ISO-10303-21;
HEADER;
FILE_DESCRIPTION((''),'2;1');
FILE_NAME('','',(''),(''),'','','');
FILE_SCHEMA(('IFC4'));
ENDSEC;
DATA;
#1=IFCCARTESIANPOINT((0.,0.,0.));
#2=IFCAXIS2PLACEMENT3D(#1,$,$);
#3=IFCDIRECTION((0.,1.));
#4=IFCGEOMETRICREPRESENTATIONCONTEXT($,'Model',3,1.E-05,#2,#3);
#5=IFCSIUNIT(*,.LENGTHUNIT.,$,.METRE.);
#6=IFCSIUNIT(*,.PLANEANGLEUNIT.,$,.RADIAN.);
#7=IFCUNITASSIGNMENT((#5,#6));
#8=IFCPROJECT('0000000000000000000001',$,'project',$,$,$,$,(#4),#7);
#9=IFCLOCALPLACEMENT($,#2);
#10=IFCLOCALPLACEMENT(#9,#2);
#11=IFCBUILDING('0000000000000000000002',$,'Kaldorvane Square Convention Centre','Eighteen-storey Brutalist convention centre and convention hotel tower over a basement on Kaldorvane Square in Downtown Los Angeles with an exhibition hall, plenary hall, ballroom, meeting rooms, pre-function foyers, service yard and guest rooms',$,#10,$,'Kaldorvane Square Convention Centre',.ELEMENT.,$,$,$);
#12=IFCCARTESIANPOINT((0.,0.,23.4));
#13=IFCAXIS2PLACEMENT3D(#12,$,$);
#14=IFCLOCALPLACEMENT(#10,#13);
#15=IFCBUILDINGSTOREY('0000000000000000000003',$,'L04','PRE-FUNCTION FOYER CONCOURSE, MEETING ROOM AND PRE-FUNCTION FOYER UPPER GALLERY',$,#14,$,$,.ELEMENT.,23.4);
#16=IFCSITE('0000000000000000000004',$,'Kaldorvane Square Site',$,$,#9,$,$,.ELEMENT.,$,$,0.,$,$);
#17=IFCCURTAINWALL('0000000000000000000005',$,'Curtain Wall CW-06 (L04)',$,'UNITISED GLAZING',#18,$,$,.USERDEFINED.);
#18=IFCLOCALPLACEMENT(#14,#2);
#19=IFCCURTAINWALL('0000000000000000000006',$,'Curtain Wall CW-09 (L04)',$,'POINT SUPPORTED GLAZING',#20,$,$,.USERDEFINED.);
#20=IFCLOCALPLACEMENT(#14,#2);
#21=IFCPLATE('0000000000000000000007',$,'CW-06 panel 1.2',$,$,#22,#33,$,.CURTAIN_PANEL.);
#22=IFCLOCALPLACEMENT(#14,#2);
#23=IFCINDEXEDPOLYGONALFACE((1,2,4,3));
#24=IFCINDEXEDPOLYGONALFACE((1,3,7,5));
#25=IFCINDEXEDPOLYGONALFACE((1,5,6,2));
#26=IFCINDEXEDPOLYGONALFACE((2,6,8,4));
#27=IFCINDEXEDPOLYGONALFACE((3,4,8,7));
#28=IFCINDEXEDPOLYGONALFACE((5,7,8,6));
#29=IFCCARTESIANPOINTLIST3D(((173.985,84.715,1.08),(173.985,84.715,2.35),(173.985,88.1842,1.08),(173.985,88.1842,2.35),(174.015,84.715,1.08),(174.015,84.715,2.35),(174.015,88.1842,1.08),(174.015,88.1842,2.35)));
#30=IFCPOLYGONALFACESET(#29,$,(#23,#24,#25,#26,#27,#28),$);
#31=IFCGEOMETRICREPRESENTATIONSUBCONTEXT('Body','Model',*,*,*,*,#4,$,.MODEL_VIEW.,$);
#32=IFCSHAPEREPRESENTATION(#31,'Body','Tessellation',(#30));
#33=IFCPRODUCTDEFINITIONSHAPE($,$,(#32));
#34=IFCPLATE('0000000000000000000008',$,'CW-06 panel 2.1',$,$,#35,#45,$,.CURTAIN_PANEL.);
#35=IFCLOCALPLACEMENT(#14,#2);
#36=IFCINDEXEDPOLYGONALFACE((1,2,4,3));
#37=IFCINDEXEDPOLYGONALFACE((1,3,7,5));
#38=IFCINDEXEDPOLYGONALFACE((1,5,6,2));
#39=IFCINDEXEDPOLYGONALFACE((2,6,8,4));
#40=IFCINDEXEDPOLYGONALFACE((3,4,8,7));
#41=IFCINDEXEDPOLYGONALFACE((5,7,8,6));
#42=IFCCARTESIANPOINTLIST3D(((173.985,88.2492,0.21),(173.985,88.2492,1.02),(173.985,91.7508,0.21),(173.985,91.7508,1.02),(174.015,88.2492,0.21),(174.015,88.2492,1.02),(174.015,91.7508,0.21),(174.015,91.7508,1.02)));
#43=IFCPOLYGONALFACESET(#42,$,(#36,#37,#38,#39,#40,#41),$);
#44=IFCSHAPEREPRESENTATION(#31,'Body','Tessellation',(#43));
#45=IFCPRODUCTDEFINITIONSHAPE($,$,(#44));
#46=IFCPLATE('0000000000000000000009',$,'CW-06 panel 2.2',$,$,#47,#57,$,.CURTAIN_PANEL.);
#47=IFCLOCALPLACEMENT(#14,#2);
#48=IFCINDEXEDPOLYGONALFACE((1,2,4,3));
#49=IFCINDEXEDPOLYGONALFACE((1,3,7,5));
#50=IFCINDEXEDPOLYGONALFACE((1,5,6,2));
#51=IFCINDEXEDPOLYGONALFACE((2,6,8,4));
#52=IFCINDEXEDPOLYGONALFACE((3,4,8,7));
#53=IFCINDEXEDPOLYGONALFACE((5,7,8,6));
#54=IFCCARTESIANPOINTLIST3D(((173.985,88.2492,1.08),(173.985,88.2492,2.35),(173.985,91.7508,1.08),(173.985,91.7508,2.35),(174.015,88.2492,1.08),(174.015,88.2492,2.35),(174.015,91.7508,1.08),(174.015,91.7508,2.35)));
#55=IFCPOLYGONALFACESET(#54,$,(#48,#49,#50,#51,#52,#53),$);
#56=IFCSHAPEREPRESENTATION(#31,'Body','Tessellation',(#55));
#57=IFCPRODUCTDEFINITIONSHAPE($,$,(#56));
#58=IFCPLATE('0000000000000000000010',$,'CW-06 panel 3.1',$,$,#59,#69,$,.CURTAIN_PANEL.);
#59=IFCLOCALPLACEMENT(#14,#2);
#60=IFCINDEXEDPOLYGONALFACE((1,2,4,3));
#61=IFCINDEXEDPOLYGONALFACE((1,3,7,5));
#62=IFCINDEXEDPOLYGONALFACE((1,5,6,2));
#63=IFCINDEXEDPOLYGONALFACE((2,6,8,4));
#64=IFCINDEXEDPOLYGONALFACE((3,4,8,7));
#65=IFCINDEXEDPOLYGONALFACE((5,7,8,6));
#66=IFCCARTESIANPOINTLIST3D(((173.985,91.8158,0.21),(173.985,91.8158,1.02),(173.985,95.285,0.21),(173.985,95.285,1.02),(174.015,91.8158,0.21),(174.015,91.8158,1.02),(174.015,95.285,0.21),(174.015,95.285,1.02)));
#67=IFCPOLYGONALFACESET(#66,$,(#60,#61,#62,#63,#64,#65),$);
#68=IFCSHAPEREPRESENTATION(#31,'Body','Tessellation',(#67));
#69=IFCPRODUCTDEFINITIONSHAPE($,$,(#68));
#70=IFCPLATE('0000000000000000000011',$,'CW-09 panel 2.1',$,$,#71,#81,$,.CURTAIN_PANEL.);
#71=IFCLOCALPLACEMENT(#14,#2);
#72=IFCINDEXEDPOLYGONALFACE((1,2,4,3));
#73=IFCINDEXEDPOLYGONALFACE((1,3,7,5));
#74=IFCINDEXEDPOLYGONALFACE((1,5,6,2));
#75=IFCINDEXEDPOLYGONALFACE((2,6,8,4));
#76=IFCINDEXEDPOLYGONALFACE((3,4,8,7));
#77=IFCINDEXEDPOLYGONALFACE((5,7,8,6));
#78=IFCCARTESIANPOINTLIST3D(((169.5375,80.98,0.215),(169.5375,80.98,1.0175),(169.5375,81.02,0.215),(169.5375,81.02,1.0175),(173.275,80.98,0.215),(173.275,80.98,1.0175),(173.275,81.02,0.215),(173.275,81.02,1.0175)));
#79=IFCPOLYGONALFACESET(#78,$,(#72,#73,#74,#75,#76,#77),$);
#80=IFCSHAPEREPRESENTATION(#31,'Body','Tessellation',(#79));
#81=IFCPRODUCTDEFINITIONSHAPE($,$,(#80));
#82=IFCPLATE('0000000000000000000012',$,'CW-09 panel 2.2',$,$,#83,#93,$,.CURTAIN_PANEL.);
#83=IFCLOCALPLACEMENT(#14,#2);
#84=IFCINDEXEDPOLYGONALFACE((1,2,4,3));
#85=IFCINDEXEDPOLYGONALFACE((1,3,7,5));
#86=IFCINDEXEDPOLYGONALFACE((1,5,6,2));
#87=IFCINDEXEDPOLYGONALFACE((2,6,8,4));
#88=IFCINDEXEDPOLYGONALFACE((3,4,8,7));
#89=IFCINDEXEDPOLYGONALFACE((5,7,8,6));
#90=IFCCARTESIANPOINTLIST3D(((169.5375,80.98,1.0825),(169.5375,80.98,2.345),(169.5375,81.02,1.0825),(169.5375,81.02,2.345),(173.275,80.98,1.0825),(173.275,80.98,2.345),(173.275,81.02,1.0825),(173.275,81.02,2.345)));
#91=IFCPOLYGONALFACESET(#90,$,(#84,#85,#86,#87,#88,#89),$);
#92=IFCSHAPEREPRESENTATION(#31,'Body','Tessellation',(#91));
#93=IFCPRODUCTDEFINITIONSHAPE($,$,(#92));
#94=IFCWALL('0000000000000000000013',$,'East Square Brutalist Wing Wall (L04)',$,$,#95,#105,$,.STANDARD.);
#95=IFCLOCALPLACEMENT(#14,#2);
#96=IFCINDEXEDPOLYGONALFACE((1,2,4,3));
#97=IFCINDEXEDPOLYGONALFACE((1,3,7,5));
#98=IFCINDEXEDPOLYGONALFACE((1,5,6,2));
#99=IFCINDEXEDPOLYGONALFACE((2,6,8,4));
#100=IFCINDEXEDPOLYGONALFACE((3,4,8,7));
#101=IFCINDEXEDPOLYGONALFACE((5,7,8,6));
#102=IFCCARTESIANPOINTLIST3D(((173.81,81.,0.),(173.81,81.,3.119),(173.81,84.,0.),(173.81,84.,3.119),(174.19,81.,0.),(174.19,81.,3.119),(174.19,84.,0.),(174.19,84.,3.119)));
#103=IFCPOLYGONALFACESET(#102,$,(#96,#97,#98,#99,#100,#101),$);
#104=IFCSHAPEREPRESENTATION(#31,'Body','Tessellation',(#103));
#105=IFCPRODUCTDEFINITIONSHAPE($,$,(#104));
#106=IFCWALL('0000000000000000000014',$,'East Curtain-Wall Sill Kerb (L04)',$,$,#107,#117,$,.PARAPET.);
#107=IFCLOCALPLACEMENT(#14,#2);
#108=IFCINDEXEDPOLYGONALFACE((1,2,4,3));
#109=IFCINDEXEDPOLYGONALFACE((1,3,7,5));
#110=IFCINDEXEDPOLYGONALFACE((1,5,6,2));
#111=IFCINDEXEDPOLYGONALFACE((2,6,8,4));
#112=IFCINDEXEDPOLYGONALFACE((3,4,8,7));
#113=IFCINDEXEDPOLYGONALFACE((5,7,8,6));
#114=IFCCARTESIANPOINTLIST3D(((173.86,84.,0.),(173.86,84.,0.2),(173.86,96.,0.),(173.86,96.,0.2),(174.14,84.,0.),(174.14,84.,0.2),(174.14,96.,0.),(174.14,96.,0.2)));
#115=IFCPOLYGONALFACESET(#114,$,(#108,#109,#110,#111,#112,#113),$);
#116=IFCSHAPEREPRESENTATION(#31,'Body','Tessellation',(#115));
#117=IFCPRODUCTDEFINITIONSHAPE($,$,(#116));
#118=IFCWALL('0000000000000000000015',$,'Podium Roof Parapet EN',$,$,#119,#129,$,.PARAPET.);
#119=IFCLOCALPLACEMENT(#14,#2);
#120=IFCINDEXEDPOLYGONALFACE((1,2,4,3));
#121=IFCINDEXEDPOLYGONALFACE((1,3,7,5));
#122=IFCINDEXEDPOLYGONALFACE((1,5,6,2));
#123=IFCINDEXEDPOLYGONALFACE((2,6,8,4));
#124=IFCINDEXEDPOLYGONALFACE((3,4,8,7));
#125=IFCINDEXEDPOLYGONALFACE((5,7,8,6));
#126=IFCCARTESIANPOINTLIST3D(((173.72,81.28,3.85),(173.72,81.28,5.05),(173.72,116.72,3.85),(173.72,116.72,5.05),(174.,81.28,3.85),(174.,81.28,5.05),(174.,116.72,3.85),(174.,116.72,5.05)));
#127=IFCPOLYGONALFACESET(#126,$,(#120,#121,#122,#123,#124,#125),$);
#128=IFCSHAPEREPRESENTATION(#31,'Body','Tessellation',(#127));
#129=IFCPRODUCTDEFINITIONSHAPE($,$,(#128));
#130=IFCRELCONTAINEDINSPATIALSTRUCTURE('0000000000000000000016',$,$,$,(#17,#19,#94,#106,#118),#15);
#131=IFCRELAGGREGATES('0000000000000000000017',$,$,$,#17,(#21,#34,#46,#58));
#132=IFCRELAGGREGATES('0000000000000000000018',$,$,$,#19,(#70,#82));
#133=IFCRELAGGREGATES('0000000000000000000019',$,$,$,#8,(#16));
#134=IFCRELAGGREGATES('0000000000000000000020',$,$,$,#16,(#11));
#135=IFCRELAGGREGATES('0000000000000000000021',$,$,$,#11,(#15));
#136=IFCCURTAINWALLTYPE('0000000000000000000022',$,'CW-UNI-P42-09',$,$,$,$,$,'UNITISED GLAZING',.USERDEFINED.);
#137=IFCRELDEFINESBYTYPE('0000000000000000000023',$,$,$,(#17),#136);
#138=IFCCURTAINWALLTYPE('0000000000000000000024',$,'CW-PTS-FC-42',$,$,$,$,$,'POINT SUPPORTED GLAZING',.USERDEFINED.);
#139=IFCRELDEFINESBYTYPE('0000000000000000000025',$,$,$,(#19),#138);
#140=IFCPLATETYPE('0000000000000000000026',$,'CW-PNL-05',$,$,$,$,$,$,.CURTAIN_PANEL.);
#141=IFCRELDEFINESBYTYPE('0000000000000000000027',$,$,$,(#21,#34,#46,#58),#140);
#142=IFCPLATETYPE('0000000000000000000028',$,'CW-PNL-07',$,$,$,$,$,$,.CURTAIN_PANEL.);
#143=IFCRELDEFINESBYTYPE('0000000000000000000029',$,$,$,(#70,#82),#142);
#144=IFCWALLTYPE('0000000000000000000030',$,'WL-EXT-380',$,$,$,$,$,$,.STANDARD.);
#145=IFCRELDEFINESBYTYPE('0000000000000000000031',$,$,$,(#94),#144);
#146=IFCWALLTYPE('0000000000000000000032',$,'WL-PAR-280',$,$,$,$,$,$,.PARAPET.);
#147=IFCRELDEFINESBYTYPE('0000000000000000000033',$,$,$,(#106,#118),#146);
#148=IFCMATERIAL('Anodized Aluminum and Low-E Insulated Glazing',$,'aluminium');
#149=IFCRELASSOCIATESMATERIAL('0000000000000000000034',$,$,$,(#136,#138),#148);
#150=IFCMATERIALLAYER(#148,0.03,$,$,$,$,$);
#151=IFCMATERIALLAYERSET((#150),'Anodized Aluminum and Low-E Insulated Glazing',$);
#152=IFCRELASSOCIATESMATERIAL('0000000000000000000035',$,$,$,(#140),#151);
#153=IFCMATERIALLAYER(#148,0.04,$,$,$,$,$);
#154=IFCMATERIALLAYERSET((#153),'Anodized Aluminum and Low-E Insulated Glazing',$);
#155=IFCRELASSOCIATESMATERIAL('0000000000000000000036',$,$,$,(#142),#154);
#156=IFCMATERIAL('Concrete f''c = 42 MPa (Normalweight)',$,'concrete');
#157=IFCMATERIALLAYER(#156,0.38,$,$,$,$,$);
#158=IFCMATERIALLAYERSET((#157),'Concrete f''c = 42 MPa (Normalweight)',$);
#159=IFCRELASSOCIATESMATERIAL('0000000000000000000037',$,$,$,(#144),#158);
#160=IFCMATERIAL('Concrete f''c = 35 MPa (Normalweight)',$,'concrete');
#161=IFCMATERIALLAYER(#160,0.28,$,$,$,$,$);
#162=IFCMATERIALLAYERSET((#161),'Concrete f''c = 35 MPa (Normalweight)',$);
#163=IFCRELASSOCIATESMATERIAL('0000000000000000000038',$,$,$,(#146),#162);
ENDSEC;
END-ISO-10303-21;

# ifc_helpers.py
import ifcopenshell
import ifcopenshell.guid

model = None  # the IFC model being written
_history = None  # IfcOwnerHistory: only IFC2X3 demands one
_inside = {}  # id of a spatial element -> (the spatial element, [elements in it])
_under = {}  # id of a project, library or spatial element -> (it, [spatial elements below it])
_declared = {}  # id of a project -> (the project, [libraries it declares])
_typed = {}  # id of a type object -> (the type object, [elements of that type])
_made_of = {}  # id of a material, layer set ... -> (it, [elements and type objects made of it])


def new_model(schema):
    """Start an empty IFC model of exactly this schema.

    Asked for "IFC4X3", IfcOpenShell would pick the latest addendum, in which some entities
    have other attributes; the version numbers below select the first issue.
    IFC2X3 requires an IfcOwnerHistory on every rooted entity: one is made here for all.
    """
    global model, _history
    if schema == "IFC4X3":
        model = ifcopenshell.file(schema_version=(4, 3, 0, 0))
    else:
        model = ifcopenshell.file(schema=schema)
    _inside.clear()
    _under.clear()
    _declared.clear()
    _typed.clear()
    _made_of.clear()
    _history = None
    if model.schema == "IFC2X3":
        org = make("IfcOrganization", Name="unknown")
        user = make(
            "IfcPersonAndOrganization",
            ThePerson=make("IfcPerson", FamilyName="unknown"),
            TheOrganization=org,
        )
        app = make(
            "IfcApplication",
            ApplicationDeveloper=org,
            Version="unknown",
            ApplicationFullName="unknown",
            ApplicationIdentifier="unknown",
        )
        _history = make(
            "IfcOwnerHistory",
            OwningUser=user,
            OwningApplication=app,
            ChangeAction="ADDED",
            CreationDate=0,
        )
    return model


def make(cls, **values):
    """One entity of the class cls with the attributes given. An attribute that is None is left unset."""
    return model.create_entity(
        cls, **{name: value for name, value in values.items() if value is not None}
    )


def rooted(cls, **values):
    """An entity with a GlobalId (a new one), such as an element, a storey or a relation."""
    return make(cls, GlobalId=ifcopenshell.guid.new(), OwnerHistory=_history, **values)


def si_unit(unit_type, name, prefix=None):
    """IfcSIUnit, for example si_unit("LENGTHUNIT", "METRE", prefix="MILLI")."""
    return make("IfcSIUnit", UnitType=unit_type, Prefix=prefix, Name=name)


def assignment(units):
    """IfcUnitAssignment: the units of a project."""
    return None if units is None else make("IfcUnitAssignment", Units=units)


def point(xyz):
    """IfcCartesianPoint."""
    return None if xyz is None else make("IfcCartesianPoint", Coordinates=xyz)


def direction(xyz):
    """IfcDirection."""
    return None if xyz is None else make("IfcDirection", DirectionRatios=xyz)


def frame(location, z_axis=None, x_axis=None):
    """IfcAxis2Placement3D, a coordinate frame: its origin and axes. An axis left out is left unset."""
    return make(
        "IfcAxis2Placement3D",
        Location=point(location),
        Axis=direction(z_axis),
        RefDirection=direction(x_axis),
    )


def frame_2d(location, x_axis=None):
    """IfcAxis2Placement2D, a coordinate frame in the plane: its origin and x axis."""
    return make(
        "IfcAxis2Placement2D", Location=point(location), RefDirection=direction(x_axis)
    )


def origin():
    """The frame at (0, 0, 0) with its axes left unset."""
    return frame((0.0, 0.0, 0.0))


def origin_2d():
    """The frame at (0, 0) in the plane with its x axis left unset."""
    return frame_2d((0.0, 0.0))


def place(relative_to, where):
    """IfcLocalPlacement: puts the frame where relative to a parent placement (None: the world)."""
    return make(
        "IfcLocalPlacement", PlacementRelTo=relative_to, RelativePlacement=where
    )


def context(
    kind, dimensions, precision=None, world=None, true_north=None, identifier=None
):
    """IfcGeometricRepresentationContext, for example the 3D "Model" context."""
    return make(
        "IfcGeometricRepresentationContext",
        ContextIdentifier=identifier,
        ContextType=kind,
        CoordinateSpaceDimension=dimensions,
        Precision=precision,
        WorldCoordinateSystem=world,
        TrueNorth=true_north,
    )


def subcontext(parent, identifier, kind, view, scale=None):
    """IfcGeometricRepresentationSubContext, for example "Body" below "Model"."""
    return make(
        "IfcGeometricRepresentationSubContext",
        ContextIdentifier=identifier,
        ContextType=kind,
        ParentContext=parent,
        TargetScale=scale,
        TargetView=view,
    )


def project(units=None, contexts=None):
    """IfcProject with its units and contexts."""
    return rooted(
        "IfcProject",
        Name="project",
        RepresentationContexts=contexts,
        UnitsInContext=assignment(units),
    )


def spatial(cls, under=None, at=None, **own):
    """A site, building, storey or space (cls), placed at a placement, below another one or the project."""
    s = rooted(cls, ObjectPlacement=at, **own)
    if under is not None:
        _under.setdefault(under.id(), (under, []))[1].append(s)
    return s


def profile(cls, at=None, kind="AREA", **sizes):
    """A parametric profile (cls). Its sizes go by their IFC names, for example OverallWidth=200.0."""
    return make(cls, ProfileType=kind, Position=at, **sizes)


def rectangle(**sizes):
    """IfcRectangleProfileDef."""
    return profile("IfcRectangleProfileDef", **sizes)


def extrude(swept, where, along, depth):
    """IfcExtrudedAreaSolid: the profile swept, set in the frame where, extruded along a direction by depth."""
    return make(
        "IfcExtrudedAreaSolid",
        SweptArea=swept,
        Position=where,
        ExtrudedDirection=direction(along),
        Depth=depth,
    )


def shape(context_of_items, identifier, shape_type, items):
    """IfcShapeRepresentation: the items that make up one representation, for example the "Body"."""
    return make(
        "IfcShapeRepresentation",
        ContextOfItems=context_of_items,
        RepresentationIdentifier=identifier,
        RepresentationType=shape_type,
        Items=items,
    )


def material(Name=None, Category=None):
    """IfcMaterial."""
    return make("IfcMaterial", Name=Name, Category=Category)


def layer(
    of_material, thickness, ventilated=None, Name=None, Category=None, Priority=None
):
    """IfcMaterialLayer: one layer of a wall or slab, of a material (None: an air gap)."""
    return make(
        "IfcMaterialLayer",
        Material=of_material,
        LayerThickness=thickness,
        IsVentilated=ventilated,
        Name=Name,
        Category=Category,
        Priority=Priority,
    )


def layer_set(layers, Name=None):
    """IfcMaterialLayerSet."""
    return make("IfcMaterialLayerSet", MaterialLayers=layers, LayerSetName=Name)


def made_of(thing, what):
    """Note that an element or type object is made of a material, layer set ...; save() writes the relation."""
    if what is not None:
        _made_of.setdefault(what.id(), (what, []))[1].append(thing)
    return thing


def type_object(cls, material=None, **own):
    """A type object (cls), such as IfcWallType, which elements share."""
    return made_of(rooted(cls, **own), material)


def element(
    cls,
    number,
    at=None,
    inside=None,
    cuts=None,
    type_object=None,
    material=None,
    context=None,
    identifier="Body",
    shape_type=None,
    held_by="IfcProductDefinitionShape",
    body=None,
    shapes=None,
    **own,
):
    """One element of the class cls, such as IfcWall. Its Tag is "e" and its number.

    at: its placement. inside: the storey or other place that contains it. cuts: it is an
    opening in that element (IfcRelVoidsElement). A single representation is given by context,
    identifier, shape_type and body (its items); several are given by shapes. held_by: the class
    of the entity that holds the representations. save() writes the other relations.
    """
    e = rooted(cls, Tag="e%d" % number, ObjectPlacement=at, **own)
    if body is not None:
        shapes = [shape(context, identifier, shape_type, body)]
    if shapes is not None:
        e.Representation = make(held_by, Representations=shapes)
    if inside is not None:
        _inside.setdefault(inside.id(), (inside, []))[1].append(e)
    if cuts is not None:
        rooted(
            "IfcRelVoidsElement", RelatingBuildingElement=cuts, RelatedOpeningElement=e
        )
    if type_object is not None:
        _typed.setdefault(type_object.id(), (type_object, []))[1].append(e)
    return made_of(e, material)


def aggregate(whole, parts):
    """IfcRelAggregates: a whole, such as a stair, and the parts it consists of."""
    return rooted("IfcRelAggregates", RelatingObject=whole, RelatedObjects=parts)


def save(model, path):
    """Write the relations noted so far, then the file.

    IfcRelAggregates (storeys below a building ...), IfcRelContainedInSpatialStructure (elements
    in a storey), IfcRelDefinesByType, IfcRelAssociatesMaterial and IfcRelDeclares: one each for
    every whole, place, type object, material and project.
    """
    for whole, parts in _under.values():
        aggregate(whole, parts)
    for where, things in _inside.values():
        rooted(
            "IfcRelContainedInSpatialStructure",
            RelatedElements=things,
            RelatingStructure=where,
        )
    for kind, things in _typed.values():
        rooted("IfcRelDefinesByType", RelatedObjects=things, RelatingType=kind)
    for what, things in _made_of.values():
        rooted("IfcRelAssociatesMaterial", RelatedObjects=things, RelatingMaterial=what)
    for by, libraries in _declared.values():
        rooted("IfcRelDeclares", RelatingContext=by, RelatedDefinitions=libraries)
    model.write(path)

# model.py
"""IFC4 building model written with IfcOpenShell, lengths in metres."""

from ifc_helpers import new_model, si_unit, direction, frame, frame_2d, origin, origin_2d, place, context, subcontext, project, spatial, rectangle, extrude, material, layer, layer_set, type_object, element, aggregate, save


model = new_model("IFC4")

# Units and contexts
model_context = context("Model", 3, precision=1e-05, world=origin(), true_north=direction((0.0, 1.0)))
body_context = subcontext(model_context, "Body", "Model", "MODEL_VIEW")
ifc_project = project(units=[si_unit("LENGTHUNIT", "METRE"), si_unit("PLANEANGLEUNIT", "RADIAN")], contexts=[model_context])

# Site, building, storey
site_placement = place(None, origin())
site = spatial("IfcSite", under=ifc_project, at=site_placement, Name="Kaldorvane Square Site", CompositionType="ELEMENT", RefElevation=0.0)
building_placement = place(site_placement, origin())
building = spatial("IfcBuilding", under=site, at=building_placement, Name="Kaldorvane Square Convention Centre", Description="Eighteen-storey Brutalist convention centre and convention hotel tower over a basement on Kaldorvane Square in Downtown Los Angeles with an exhibition hall, plenary hall, ballroom, meeting rooms, pre-function foyers, service yard and guest rooms", LongName="Kaldorvane Square Convention Centre", CompositionType="ELEMENT")
storey_placement = place(building_placement, frame((0.0, 0.0, 23.4)))
storey = spatial("IfcBuildingStorey", under=building, at=storey_placement, Name="L04", Description="PRE-FUNCTION FOYER CONCOURSE, MEETING ROOM AND PRE-FUNCTION FOYER UPPER GALLERY", CompositionType="ELEMENT", Elevation=23.4)

# Curtain wall
ifc_material_1 = material(Name="Anodized Aluminum and Low-E Insulated Glazing", Category="aluminium")
curtain_wall_type_1 = type_object("IfcCurtainWallType", Name="CW-UNI-P42-09", ElementType="UNITISED GLAZING", PredefinedType="USERDEFINED", material=ifc_material_1)
curtain_wall_1_placement = place(storey_placement, origin())
curtain_wall_1 = element("IfcCurtainWall", 1, at=curtain_wall_1_placement, inside=storey, type_object=curtain_wall_type_1, Name="Curtain Wall CW-06 (L04)", ObjectType="UNITISED GLAZING", PredefinedType="USERDEFINED")

# Curtain wall
curtain_wall_type_2 = type_object("IfcCurtainWallType", Name="CW-PTS-FC-42", ElementType="POINT SUPPORTED GLAZING", PredefinedType="USERDEFINED", material=ifc_material_1)
curtain_wall_2_placement = place(storey_placement, origin())
curtain_wall_2 = element("IfcCurtainWall", 2, at=curtain_wall_2_placement, inside=storey, type_object=curtain_wall_type_2, Name="Curtain Wall CW-09 (L04)", ObjectType="POINT SUPPORTED GLAZING", PredefinedType="USERDEFINED")

# Plates
ifc_layer_1 = layer(ifc_material_1, 0.03)
ifc_layer_set_1 = layer_set([ifc_layer_1], Name="Anodized Aluminum and Low-E Insulated Glazing")
plate_type_1 = type_object("IfcPlateType", Name="CW-PNL-05", PredefinedType="CURTAIN_PANEL", material=ifc_layer_set_1)
plate_1_placement = place(storey_placement, frame((174.0, 86.4496, 1.08), z_axis=(0.0, 0.0, 1.0), x_axis=(0.0, 1.0, 0.0)))
plate_1 = element("IfcPlate", 3, at=plate_1_placement, type_object=plate_type_1, Name="CW-06 panel 1.2", PredefinedType="CURTAIN_PANEL", context=body_context, shape_type="SweptSolid", body=[
    extrude(rectangle(XDim=3.4692, YDim=0.03, at=origin_2d()), origin(), (0.0, 0.0, 1.0), 1.27),
])
plate_2_placement = place(storey_placement, frame((174.0, 90.0, 0.21), z_axis=(0.0, 0.0, 1.0), x_axis=(0.0, 1.0, 0.0)))
plate_2 = element("IfcPlate", 4, at=plate_2_placement, type_object=plate_type_1, Name="CW-06 panel 2.1", PredefinedType="CURTAIN_PANEL", context=body_context, shape_type="SweptSolid", body=[
    extrude(rectangle(XDim=3.5017, YDim=0.03, at=origin_2d()), origin(), (0.0, 0.0, 1.0), 0.81),
])
plate_3_placement = place(storey_placement, frame((174.0, 90.0, 1.08), z_axis=(0.0, 0.0, 1.0), x_axis=(0.0, 1.0, 0.0)))
plate_3 = element("IfcPlate", 5, at=plate_3_placement, type_object=plate_type_1, Name="CW-06 panel 2.2", PredefinedType="CURTAIN_PANEL", context=body_context, shape_type="SweptSolid", body=[
    extrude(rectangle(XDim=3.5017, YDim=0.03, at=origin_2d()), origin(), (0.0, 0.0, 1.0), 1.27),
])
plate_4_placement = place(storey_placement, frame((174.0, 93.5504, 0.21), z_axis=(0.0, 0.0, 1.0), x_axis=(0.0, 1.0, 0.0)))
plate_4 = element("IfcPlate", 6, at=plate_4_placement, type_object=plate_type_1, Name="CW-06 panel 3.1", PredefinedType="CURTAIN_PANEL", context=body_context, shape_type="SweptSolid", body=[
    extrude(rectangle(XDim=3.4692, YDim=0.03, at=origin_2d()), origin(), (0.0, 0.0, 1.0), 0.81),
])
aggregate(curtain_wall_1, [plate_1, plate_2, plate_3, plate_4])
ifc_layer_2 = layer(ifc_material_1, 0.04)
ifc_layer_set_2 = layer_set([ifc_layer_2], Name="Anodized Aluminum and Low-E Insulated Glazing")
plate_type_2 = type_object("IfcPlateType", Name="CW-PNL-07", PredefinedType="CURTAIN_PANEL", material=ifc_layer_set_2)
plate_5_placement = place(storey_placement, frame((171.4062, 81.0, 0.215), z_axis=(0.0, 0.0, 1.0), x_axis=(1.0, 0.0, 0.0)))
plate_5 = element("IfcPlate", 7, at=plate_5_placement, type_object=plate_type_2, Name="CW-09 panel 2.1", PredefinedType="CURTAIN_PANEL", context=body_context, shape_type="SweptSolid", body=[
    extrude(rectangle(XDim=3.7375, YDim=0.04, at=origin_2d()), origin(), (0.0, 0.0, 1.0), 0.8025),
])
plate_6_placement = place(storey_placement, frame((171.4062, 81.0, 1.0825), z_axis=(0.0, 0.0, 1.0), x_axis=(1.0, 0.0, 0.0)))
plate_6 = element("IfcPlate", 8, at=plate_6_placement, type_object=plate_type_2, Name="CW-09 panel 2.2", PredefinedType="CURTAIN_PANEL", context=body_context, shape_type="SweptSolid", body=[
    extrude(rectangle(XDim=3.7375, YDim=0.04, at=origin_2d()), origin(), (0.0, 0.0, 1.0), 1.2625),
])
aggregate(curtain_wall_2, [plate_5, plate_6])

# Walls
ifc_material_2 = material(Name="Concrete f'c = 42 MPa (Normalweight)", Category="concrete")
ifc_layer_3 = layer(ifc_material_2, 0.38)
ifc_layer_set_3 = layer_set([ifc_layer_3], Name="Concrete f'c = 42 MPa (Normalweight)")
wall_type_1 = type_object("IfcWallType", Name="WL-EXT-380", PredefinedType="STANDARD", material=ifc_layer_set_3)
wall_1_placement = place(storey_placement, frame((174.0, 81.0, 0.0), z_axis=(0.0, 0.0, 1.0), x_axis=(0.0, 1.0, 0.0)))
element("IfcWall", 9, at=wall_1_placement, inside=storey, type_object=wall_type_1, Name="East Square Brutalist Wing Wall (L04)", PredefinedType="STANDARD", context=body_context, shape_type="SweptSolid", body=[
    extrude(rectangle(XDim=3.0, YDim=0.38, at=frame_2d((1.5, 0.0))), origin(), (0.0, 0.0, 1.0), 3.119),
])
ifc_material_3 = material(Name="Concrete f'c = 35 MPa (Normalweight)", Category="concrete")
ifc_layer_4 = layer(ifc_material_3, 0.28)
ifc_layer_set_4 = layer_set([ifc_layer_4], Name="Concrete f'c = 35 MPa (Normalweight)")
wall_type_2 = type_object("IfcWallType", Name="WL-PAR-280", PredefinedType="PARAPET", material=ifc_layer_set_4)
wall_2_placement = place(storey_placement, frame((174.0, 84.0, 0.0), z_axis=(0.0, 0.0, 1.0), x_axis=(0.0, 1.0, 0.0)))
element("IfcWall", 10, at=wall_2_placement, inside=storey, type_object=wall_type_2, Name="East Curtain-Wall Sill Kerb (L04)", PredefinedType="PARAPET", context=body_context, shape_type="SweptSolid", body=[
    extrude(rectangle(XDim=12.0, YDim=0.28, at=frame_2d((6.0, 0.0))), origin(), (0.0, 0.0, 1.0), 0.2),
])
wall_3_placement = place(storey_placement, frame((173.86, 81.28, 3.85), z_axis=(0.0, 0.0, 1.0), x_axis=(0.0, 1.0, 0.0)))
element("IfcWall", 11, at=wall_3_placement, inside=storey, type_object=wall_type_2, Name="Podium Roof Parapet EN", PredefinedType="PARAPET", context=body_context, shape_type="SweptSolid", body=[
    extrude(rectangle(XDim=35.44, YDim=0.28, at=frame_2d((17.72, 0.0))), origin(), (0.0, 0.0, 1.0), 1.2),
])

save(model, "model.ifc")
